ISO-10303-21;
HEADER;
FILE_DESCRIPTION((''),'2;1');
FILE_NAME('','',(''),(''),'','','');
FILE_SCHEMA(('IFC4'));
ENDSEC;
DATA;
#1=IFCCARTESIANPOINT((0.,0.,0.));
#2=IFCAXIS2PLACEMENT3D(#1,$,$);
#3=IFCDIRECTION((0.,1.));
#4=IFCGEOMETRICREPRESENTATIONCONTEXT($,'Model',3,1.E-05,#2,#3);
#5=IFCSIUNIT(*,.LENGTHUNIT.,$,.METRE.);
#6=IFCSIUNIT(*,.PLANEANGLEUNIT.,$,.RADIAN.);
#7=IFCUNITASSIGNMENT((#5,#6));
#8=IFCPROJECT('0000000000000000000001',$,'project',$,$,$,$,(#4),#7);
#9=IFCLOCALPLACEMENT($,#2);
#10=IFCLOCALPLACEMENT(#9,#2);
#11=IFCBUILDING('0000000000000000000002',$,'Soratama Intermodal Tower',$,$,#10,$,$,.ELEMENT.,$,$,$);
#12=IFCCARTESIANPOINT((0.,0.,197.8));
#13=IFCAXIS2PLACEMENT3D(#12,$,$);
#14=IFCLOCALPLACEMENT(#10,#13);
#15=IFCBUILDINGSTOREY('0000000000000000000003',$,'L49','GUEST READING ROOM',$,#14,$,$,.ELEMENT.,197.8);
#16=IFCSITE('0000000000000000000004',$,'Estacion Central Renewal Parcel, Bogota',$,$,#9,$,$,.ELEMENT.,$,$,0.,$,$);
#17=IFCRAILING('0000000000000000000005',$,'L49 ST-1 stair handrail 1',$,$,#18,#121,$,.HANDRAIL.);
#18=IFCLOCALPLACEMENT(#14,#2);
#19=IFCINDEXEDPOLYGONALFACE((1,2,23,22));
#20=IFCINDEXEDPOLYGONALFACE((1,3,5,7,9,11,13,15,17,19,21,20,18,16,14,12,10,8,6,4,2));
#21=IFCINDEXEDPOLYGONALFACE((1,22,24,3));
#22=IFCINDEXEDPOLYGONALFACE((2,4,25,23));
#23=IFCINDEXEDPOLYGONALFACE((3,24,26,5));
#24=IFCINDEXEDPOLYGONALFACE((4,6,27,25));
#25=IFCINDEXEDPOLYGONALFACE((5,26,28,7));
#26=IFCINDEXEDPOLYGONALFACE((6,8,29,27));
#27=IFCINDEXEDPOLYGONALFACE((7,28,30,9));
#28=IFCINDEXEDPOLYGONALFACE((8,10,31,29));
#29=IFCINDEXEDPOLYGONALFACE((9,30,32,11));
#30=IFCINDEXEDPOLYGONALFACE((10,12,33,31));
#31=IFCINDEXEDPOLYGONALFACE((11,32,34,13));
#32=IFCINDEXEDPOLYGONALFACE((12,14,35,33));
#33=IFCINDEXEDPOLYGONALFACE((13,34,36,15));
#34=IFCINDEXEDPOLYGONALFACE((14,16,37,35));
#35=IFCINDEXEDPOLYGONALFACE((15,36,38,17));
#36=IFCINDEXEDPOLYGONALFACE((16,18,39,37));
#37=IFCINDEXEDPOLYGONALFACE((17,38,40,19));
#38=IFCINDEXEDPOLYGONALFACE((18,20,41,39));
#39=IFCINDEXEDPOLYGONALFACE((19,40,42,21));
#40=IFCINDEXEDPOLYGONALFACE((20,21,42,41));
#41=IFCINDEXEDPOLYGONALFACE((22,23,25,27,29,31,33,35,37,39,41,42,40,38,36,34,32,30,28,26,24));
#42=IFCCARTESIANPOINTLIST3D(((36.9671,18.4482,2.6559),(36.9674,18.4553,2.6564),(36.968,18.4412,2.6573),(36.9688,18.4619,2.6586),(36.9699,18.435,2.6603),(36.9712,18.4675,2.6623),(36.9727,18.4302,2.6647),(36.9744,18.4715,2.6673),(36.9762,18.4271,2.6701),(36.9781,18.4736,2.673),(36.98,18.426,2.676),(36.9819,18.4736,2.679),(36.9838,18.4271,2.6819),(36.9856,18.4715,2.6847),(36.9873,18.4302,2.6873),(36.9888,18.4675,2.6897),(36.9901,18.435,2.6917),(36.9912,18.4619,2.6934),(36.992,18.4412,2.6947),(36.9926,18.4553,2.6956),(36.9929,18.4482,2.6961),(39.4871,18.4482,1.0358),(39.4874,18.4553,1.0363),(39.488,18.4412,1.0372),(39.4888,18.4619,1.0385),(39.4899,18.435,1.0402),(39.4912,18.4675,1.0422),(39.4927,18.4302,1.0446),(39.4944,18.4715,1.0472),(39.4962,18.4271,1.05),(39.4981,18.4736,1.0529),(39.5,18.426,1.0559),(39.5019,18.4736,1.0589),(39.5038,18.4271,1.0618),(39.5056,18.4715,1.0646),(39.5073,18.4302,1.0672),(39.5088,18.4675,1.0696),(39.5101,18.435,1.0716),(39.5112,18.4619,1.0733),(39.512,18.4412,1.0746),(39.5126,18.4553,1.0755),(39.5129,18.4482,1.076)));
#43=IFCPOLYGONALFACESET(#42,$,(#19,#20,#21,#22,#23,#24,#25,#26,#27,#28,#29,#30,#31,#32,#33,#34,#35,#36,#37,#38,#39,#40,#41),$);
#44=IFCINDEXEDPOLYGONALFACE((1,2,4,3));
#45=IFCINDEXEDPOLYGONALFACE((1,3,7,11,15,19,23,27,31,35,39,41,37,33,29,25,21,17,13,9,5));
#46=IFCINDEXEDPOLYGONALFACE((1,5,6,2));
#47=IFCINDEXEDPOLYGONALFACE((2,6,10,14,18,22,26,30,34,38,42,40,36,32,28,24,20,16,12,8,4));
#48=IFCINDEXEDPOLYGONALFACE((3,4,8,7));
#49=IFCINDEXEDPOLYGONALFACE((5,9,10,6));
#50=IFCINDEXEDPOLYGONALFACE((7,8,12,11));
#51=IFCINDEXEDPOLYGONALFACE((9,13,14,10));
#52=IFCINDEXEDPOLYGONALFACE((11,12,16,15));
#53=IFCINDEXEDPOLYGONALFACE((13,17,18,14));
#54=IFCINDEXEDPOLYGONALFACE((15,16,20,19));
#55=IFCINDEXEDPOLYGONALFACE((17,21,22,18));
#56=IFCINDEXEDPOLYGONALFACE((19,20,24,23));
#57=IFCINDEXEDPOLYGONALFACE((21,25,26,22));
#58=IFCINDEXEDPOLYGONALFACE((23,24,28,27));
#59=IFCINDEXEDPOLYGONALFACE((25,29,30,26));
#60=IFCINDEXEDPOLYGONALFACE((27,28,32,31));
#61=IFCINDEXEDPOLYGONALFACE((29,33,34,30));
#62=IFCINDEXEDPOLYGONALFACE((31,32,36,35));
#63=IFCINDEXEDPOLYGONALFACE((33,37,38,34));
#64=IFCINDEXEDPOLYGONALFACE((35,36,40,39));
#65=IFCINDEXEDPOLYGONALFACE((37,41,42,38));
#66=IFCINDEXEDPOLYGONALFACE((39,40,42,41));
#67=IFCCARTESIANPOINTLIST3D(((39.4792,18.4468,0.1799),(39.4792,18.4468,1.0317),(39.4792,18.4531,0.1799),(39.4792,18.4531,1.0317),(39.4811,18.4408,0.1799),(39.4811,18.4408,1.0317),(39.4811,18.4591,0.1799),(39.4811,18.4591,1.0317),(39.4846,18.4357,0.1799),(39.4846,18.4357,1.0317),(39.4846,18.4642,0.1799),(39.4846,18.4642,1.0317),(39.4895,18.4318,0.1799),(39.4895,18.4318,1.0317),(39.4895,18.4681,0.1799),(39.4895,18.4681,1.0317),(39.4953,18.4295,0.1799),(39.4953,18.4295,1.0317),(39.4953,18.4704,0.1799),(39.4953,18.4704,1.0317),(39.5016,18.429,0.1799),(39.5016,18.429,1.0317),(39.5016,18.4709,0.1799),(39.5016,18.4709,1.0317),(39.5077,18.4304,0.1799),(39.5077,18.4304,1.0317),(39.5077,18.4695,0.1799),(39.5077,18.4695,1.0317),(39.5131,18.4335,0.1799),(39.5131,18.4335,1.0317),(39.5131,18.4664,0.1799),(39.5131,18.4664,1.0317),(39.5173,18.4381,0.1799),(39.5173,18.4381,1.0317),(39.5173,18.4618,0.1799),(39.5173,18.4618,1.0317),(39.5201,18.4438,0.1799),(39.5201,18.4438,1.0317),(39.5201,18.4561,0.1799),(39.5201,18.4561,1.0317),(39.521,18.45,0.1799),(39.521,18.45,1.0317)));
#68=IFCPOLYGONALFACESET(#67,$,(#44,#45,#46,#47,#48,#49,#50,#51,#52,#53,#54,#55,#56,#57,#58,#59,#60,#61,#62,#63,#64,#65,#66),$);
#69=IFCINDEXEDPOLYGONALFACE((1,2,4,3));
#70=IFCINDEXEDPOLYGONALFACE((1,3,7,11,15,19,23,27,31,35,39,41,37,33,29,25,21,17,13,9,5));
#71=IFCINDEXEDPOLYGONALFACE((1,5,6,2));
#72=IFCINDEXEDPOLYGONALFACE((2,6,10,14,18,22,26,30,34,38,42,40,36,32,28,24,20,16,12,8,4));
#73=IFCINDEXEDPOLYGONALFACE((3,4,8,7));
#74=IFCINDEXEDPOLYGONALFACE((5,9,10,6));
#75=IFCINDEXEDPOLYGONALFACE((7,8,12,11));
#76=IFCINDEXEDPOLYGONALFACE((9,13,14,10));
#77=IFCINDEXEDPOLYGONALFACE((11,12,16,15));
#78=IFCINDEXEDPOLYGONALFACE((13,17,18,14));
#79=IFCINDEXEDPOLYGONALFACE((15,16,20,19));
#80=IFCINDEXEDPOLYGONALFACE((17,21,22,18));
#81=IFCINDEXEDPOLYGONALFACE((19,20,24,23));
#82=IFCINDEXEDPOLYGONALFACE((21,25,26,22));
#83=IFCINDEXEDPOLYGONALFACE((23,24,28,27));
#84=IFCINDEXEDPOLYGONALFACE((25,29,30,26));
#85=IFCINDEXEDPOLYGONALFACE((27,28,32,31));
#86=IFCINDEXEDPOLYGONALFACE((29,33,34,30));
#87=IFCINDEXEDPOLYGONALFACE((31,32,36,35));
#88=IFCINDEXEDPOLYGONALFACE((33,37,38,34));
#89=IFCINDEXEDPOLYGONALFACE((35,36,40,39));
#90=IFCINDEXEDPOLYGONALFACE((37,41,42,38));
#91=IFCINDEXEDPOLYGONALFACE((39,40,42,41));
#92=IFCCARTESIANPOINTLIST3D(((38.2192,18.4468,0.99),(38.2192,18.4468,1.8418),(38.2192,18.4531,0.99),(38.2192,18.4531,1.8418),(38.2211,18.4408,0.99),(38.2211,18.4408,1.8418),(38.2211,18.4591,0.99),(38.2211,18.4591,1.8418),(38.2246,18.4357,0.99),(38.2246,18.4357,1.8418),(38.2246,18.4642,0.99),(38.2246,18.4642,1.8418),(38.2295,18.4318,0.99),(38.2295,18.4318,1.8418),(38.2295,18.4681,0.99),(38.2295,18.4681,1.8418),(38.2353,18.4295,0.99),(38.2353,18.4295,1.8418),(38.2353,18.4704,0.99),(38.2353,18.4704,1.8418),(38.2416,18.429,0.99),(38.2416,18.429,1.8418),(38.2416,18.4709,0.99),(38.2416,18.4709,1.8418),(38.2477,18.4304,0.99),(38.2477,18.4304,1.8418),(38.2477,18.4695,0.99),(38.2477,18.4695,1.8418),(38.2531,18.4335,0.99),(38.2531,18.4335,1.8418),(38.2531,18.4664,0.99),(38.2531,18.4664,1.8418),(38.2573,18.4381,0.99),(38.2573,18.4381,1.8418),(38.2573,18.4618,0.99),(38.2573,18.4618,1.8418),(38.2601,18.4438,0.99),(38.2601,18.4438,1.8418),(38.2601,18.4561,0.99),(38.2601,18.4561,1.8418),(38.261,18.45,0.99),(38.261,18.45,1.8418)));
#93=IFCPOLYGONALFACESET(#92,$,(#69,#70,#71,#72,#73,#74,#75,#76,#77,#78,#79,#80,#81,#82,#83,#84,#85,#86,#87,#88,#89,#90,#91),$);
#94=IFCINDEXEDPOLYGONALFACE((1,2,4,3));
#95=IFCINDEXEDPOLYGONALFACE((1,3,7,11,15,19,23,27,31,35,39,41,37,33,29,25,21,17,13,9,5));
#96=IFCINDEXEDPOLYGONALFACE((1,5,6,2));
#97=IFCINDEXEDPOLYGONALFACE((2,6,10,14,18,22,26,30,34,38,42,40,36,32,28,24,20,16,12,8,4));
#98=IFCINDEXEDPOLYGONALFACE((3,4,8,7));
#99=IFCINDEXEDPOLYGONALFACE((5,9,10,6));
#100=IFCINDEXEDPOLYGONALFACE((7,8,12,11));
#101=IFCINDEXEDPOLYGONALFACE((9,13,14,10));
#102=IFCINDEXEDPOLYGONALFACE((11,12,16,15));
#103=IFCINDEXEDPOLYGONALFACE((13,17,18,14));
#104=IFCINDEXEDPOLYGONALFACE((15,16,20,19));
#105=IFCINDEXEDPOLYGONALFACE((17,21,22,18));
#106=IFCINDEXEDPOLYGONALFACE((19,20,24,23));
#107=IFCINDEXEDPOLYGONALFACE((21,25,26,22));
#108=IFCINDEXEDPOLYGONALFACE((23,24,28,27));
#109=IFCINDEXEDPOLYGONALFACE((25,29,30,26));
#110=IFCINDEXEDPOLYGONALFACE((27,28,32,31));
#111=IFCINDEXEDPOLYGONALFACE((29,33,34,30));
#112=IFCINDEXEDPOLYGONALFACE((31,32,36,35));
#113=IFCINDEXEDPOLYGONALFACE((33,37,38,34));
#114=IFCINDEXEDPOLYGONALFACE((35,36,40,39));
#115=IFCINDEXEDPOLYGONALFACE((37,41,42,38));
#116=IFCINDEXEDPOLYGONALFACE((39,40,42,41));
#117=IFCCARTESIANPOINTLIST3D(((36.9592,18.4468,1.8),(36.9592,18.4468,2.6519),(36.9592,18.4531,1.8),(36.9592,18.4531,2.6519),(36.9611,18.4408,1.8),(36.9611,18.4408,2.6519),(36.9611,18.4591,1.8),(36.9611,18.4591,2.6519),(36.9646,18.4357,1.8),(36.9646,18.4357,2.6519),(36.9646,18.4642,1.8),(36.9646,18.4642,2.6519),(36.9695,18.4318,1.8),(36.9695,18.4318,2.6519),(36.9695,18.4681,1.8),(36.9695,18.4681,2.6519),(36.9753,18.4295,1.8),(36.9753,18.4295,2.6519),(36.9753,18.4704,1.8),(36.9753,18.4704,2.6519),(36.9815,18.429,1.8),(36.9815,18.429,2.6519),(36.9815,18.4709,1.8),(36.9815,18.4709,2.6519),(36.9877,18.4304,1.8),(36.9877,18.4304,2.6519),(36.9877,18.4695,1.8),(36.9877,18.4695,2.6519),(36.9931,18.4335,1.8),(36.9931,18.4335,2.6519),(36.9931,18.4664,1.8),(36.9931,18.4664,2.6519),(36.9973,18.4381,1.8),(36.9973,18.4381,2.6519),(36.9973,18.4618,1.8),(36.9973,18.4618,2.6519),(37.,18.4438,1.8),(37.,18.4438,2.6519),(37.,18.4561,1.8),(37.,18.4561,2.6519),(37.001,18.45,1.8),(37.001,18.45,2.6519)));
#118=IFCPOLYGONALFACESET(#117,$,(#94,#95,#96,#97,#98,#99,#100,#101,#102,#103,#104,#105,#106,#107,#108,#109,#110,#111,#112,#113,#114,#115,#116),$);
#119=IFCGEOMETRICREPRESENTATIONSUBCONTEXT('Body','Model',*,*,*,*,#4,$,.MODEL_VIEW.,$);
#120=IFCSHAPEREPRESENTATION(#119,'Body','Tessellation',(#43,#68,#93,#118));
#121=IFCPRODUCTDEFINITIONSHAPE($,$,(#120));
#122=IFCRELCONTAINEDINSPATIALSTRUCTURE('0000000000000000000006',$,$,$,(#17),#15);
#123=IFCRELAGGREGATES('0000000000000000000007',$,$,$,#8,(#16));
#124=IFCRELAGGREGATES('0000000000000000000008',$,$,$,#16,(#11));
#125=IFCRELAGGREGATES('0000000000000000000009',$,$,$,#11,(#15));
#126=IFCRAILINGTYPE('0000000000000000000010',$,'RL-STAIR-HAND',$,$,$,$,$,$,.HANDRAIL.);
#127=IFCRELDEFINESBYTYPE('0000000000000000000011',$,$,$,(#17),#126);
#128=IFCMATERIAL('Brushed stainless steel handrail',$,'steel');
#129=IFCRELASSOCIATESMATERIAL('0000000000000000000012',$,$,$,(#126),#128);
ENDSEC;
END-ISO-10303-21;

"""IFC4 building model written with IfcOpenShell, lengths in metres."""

from ifc_helpers import new_model, si_unit, direction, frame, origin, origin_2d, place, context, subcontext, project, spatial, circle, extrude, material, type_object, element, save


model = new_model("IFC4")

# Units and contexts
model_context = context("Model", 3, precision=1e-05, world=origin(), true_north=direction((0.0, 1.0)))
body_context = subcontext(model_context, "Body", "Model", "MODEL_VIEW")
ifc_project = project(units=[si_unit("LENGTHUNIT", "METRE"), si_unit("PLANEANGLEUNIT", "RADIAN")], contexts=[model_context])

# Site, building, storey
site_placement = place(None, origin())
site = spatial("IfcSite", under=ifc_project, at=site_placement, Name="Estacion Central Renewal Parcel, Bogota", CompositionType="ELEMENT", RefElevation=0.0)
building_placement = place(site_placement, origin())
building = spatial("IfcBuilding", under=site, at=building_placement, Name="Soratama Intermodal Tower", CompositionType="ELEMENT")
storey_placement = place(building_placement, frame((0.0, 0.0, 197.8)))
storey = spatial("IfcBuildingStorey", under=building, at=storey_placement, Name="L49", Description="GUEST READING ROOM", CompositionType="ELEMENT", Elevation=197.8)

# Railing
ifc_material_1 = material(Name="Brushed stainless steel handrail", Category="steel")
railing_type_1 = type_object("IfcRailingType", Name="RL-STAIR-HAND", PredefinedType="HANDRAIL", material=ifc_material_1)
railing_1_placement = place(storey_placement, frame((39.5, 18.45, 0.1799)))
element("IfcRailing", 1, at=railing_1_placement, inside=storey, type_object=railing_type_1, Name="L49 ST-1 stair handrail 1", PredefinedType="HANDRAIL", context=body_context, shape_type="SweptSolid", body=[
    extrude(circle(Radius=0.0239, at=origin_2d()), frame((0.0, 0.0, 0.876), z_axis=(-0.841163, 0.0, 0.540782), x_axis=(0.0, -1.0, 0.0)), (0.0, 0.0, 1.0), 2.9958),
    extrude(circle(Radius=0.021, at=origin_2d()), origin(), (0.0, 0.0, 1.0), 0.8518),
    extrude(circle(Radius=0.021, at=origin_2d()), frame((-1.26, 0.0, 0.8101)), (0.0, 0.0, 1.0), 0.8518),
    extrude(circle(Radius=0.021, at=origin_2d()), frame((-2.52, 0.0, 1.6201)), (0.0, 0.0, 1.0), 0.8518),
])

save(model, "model.ifc")
